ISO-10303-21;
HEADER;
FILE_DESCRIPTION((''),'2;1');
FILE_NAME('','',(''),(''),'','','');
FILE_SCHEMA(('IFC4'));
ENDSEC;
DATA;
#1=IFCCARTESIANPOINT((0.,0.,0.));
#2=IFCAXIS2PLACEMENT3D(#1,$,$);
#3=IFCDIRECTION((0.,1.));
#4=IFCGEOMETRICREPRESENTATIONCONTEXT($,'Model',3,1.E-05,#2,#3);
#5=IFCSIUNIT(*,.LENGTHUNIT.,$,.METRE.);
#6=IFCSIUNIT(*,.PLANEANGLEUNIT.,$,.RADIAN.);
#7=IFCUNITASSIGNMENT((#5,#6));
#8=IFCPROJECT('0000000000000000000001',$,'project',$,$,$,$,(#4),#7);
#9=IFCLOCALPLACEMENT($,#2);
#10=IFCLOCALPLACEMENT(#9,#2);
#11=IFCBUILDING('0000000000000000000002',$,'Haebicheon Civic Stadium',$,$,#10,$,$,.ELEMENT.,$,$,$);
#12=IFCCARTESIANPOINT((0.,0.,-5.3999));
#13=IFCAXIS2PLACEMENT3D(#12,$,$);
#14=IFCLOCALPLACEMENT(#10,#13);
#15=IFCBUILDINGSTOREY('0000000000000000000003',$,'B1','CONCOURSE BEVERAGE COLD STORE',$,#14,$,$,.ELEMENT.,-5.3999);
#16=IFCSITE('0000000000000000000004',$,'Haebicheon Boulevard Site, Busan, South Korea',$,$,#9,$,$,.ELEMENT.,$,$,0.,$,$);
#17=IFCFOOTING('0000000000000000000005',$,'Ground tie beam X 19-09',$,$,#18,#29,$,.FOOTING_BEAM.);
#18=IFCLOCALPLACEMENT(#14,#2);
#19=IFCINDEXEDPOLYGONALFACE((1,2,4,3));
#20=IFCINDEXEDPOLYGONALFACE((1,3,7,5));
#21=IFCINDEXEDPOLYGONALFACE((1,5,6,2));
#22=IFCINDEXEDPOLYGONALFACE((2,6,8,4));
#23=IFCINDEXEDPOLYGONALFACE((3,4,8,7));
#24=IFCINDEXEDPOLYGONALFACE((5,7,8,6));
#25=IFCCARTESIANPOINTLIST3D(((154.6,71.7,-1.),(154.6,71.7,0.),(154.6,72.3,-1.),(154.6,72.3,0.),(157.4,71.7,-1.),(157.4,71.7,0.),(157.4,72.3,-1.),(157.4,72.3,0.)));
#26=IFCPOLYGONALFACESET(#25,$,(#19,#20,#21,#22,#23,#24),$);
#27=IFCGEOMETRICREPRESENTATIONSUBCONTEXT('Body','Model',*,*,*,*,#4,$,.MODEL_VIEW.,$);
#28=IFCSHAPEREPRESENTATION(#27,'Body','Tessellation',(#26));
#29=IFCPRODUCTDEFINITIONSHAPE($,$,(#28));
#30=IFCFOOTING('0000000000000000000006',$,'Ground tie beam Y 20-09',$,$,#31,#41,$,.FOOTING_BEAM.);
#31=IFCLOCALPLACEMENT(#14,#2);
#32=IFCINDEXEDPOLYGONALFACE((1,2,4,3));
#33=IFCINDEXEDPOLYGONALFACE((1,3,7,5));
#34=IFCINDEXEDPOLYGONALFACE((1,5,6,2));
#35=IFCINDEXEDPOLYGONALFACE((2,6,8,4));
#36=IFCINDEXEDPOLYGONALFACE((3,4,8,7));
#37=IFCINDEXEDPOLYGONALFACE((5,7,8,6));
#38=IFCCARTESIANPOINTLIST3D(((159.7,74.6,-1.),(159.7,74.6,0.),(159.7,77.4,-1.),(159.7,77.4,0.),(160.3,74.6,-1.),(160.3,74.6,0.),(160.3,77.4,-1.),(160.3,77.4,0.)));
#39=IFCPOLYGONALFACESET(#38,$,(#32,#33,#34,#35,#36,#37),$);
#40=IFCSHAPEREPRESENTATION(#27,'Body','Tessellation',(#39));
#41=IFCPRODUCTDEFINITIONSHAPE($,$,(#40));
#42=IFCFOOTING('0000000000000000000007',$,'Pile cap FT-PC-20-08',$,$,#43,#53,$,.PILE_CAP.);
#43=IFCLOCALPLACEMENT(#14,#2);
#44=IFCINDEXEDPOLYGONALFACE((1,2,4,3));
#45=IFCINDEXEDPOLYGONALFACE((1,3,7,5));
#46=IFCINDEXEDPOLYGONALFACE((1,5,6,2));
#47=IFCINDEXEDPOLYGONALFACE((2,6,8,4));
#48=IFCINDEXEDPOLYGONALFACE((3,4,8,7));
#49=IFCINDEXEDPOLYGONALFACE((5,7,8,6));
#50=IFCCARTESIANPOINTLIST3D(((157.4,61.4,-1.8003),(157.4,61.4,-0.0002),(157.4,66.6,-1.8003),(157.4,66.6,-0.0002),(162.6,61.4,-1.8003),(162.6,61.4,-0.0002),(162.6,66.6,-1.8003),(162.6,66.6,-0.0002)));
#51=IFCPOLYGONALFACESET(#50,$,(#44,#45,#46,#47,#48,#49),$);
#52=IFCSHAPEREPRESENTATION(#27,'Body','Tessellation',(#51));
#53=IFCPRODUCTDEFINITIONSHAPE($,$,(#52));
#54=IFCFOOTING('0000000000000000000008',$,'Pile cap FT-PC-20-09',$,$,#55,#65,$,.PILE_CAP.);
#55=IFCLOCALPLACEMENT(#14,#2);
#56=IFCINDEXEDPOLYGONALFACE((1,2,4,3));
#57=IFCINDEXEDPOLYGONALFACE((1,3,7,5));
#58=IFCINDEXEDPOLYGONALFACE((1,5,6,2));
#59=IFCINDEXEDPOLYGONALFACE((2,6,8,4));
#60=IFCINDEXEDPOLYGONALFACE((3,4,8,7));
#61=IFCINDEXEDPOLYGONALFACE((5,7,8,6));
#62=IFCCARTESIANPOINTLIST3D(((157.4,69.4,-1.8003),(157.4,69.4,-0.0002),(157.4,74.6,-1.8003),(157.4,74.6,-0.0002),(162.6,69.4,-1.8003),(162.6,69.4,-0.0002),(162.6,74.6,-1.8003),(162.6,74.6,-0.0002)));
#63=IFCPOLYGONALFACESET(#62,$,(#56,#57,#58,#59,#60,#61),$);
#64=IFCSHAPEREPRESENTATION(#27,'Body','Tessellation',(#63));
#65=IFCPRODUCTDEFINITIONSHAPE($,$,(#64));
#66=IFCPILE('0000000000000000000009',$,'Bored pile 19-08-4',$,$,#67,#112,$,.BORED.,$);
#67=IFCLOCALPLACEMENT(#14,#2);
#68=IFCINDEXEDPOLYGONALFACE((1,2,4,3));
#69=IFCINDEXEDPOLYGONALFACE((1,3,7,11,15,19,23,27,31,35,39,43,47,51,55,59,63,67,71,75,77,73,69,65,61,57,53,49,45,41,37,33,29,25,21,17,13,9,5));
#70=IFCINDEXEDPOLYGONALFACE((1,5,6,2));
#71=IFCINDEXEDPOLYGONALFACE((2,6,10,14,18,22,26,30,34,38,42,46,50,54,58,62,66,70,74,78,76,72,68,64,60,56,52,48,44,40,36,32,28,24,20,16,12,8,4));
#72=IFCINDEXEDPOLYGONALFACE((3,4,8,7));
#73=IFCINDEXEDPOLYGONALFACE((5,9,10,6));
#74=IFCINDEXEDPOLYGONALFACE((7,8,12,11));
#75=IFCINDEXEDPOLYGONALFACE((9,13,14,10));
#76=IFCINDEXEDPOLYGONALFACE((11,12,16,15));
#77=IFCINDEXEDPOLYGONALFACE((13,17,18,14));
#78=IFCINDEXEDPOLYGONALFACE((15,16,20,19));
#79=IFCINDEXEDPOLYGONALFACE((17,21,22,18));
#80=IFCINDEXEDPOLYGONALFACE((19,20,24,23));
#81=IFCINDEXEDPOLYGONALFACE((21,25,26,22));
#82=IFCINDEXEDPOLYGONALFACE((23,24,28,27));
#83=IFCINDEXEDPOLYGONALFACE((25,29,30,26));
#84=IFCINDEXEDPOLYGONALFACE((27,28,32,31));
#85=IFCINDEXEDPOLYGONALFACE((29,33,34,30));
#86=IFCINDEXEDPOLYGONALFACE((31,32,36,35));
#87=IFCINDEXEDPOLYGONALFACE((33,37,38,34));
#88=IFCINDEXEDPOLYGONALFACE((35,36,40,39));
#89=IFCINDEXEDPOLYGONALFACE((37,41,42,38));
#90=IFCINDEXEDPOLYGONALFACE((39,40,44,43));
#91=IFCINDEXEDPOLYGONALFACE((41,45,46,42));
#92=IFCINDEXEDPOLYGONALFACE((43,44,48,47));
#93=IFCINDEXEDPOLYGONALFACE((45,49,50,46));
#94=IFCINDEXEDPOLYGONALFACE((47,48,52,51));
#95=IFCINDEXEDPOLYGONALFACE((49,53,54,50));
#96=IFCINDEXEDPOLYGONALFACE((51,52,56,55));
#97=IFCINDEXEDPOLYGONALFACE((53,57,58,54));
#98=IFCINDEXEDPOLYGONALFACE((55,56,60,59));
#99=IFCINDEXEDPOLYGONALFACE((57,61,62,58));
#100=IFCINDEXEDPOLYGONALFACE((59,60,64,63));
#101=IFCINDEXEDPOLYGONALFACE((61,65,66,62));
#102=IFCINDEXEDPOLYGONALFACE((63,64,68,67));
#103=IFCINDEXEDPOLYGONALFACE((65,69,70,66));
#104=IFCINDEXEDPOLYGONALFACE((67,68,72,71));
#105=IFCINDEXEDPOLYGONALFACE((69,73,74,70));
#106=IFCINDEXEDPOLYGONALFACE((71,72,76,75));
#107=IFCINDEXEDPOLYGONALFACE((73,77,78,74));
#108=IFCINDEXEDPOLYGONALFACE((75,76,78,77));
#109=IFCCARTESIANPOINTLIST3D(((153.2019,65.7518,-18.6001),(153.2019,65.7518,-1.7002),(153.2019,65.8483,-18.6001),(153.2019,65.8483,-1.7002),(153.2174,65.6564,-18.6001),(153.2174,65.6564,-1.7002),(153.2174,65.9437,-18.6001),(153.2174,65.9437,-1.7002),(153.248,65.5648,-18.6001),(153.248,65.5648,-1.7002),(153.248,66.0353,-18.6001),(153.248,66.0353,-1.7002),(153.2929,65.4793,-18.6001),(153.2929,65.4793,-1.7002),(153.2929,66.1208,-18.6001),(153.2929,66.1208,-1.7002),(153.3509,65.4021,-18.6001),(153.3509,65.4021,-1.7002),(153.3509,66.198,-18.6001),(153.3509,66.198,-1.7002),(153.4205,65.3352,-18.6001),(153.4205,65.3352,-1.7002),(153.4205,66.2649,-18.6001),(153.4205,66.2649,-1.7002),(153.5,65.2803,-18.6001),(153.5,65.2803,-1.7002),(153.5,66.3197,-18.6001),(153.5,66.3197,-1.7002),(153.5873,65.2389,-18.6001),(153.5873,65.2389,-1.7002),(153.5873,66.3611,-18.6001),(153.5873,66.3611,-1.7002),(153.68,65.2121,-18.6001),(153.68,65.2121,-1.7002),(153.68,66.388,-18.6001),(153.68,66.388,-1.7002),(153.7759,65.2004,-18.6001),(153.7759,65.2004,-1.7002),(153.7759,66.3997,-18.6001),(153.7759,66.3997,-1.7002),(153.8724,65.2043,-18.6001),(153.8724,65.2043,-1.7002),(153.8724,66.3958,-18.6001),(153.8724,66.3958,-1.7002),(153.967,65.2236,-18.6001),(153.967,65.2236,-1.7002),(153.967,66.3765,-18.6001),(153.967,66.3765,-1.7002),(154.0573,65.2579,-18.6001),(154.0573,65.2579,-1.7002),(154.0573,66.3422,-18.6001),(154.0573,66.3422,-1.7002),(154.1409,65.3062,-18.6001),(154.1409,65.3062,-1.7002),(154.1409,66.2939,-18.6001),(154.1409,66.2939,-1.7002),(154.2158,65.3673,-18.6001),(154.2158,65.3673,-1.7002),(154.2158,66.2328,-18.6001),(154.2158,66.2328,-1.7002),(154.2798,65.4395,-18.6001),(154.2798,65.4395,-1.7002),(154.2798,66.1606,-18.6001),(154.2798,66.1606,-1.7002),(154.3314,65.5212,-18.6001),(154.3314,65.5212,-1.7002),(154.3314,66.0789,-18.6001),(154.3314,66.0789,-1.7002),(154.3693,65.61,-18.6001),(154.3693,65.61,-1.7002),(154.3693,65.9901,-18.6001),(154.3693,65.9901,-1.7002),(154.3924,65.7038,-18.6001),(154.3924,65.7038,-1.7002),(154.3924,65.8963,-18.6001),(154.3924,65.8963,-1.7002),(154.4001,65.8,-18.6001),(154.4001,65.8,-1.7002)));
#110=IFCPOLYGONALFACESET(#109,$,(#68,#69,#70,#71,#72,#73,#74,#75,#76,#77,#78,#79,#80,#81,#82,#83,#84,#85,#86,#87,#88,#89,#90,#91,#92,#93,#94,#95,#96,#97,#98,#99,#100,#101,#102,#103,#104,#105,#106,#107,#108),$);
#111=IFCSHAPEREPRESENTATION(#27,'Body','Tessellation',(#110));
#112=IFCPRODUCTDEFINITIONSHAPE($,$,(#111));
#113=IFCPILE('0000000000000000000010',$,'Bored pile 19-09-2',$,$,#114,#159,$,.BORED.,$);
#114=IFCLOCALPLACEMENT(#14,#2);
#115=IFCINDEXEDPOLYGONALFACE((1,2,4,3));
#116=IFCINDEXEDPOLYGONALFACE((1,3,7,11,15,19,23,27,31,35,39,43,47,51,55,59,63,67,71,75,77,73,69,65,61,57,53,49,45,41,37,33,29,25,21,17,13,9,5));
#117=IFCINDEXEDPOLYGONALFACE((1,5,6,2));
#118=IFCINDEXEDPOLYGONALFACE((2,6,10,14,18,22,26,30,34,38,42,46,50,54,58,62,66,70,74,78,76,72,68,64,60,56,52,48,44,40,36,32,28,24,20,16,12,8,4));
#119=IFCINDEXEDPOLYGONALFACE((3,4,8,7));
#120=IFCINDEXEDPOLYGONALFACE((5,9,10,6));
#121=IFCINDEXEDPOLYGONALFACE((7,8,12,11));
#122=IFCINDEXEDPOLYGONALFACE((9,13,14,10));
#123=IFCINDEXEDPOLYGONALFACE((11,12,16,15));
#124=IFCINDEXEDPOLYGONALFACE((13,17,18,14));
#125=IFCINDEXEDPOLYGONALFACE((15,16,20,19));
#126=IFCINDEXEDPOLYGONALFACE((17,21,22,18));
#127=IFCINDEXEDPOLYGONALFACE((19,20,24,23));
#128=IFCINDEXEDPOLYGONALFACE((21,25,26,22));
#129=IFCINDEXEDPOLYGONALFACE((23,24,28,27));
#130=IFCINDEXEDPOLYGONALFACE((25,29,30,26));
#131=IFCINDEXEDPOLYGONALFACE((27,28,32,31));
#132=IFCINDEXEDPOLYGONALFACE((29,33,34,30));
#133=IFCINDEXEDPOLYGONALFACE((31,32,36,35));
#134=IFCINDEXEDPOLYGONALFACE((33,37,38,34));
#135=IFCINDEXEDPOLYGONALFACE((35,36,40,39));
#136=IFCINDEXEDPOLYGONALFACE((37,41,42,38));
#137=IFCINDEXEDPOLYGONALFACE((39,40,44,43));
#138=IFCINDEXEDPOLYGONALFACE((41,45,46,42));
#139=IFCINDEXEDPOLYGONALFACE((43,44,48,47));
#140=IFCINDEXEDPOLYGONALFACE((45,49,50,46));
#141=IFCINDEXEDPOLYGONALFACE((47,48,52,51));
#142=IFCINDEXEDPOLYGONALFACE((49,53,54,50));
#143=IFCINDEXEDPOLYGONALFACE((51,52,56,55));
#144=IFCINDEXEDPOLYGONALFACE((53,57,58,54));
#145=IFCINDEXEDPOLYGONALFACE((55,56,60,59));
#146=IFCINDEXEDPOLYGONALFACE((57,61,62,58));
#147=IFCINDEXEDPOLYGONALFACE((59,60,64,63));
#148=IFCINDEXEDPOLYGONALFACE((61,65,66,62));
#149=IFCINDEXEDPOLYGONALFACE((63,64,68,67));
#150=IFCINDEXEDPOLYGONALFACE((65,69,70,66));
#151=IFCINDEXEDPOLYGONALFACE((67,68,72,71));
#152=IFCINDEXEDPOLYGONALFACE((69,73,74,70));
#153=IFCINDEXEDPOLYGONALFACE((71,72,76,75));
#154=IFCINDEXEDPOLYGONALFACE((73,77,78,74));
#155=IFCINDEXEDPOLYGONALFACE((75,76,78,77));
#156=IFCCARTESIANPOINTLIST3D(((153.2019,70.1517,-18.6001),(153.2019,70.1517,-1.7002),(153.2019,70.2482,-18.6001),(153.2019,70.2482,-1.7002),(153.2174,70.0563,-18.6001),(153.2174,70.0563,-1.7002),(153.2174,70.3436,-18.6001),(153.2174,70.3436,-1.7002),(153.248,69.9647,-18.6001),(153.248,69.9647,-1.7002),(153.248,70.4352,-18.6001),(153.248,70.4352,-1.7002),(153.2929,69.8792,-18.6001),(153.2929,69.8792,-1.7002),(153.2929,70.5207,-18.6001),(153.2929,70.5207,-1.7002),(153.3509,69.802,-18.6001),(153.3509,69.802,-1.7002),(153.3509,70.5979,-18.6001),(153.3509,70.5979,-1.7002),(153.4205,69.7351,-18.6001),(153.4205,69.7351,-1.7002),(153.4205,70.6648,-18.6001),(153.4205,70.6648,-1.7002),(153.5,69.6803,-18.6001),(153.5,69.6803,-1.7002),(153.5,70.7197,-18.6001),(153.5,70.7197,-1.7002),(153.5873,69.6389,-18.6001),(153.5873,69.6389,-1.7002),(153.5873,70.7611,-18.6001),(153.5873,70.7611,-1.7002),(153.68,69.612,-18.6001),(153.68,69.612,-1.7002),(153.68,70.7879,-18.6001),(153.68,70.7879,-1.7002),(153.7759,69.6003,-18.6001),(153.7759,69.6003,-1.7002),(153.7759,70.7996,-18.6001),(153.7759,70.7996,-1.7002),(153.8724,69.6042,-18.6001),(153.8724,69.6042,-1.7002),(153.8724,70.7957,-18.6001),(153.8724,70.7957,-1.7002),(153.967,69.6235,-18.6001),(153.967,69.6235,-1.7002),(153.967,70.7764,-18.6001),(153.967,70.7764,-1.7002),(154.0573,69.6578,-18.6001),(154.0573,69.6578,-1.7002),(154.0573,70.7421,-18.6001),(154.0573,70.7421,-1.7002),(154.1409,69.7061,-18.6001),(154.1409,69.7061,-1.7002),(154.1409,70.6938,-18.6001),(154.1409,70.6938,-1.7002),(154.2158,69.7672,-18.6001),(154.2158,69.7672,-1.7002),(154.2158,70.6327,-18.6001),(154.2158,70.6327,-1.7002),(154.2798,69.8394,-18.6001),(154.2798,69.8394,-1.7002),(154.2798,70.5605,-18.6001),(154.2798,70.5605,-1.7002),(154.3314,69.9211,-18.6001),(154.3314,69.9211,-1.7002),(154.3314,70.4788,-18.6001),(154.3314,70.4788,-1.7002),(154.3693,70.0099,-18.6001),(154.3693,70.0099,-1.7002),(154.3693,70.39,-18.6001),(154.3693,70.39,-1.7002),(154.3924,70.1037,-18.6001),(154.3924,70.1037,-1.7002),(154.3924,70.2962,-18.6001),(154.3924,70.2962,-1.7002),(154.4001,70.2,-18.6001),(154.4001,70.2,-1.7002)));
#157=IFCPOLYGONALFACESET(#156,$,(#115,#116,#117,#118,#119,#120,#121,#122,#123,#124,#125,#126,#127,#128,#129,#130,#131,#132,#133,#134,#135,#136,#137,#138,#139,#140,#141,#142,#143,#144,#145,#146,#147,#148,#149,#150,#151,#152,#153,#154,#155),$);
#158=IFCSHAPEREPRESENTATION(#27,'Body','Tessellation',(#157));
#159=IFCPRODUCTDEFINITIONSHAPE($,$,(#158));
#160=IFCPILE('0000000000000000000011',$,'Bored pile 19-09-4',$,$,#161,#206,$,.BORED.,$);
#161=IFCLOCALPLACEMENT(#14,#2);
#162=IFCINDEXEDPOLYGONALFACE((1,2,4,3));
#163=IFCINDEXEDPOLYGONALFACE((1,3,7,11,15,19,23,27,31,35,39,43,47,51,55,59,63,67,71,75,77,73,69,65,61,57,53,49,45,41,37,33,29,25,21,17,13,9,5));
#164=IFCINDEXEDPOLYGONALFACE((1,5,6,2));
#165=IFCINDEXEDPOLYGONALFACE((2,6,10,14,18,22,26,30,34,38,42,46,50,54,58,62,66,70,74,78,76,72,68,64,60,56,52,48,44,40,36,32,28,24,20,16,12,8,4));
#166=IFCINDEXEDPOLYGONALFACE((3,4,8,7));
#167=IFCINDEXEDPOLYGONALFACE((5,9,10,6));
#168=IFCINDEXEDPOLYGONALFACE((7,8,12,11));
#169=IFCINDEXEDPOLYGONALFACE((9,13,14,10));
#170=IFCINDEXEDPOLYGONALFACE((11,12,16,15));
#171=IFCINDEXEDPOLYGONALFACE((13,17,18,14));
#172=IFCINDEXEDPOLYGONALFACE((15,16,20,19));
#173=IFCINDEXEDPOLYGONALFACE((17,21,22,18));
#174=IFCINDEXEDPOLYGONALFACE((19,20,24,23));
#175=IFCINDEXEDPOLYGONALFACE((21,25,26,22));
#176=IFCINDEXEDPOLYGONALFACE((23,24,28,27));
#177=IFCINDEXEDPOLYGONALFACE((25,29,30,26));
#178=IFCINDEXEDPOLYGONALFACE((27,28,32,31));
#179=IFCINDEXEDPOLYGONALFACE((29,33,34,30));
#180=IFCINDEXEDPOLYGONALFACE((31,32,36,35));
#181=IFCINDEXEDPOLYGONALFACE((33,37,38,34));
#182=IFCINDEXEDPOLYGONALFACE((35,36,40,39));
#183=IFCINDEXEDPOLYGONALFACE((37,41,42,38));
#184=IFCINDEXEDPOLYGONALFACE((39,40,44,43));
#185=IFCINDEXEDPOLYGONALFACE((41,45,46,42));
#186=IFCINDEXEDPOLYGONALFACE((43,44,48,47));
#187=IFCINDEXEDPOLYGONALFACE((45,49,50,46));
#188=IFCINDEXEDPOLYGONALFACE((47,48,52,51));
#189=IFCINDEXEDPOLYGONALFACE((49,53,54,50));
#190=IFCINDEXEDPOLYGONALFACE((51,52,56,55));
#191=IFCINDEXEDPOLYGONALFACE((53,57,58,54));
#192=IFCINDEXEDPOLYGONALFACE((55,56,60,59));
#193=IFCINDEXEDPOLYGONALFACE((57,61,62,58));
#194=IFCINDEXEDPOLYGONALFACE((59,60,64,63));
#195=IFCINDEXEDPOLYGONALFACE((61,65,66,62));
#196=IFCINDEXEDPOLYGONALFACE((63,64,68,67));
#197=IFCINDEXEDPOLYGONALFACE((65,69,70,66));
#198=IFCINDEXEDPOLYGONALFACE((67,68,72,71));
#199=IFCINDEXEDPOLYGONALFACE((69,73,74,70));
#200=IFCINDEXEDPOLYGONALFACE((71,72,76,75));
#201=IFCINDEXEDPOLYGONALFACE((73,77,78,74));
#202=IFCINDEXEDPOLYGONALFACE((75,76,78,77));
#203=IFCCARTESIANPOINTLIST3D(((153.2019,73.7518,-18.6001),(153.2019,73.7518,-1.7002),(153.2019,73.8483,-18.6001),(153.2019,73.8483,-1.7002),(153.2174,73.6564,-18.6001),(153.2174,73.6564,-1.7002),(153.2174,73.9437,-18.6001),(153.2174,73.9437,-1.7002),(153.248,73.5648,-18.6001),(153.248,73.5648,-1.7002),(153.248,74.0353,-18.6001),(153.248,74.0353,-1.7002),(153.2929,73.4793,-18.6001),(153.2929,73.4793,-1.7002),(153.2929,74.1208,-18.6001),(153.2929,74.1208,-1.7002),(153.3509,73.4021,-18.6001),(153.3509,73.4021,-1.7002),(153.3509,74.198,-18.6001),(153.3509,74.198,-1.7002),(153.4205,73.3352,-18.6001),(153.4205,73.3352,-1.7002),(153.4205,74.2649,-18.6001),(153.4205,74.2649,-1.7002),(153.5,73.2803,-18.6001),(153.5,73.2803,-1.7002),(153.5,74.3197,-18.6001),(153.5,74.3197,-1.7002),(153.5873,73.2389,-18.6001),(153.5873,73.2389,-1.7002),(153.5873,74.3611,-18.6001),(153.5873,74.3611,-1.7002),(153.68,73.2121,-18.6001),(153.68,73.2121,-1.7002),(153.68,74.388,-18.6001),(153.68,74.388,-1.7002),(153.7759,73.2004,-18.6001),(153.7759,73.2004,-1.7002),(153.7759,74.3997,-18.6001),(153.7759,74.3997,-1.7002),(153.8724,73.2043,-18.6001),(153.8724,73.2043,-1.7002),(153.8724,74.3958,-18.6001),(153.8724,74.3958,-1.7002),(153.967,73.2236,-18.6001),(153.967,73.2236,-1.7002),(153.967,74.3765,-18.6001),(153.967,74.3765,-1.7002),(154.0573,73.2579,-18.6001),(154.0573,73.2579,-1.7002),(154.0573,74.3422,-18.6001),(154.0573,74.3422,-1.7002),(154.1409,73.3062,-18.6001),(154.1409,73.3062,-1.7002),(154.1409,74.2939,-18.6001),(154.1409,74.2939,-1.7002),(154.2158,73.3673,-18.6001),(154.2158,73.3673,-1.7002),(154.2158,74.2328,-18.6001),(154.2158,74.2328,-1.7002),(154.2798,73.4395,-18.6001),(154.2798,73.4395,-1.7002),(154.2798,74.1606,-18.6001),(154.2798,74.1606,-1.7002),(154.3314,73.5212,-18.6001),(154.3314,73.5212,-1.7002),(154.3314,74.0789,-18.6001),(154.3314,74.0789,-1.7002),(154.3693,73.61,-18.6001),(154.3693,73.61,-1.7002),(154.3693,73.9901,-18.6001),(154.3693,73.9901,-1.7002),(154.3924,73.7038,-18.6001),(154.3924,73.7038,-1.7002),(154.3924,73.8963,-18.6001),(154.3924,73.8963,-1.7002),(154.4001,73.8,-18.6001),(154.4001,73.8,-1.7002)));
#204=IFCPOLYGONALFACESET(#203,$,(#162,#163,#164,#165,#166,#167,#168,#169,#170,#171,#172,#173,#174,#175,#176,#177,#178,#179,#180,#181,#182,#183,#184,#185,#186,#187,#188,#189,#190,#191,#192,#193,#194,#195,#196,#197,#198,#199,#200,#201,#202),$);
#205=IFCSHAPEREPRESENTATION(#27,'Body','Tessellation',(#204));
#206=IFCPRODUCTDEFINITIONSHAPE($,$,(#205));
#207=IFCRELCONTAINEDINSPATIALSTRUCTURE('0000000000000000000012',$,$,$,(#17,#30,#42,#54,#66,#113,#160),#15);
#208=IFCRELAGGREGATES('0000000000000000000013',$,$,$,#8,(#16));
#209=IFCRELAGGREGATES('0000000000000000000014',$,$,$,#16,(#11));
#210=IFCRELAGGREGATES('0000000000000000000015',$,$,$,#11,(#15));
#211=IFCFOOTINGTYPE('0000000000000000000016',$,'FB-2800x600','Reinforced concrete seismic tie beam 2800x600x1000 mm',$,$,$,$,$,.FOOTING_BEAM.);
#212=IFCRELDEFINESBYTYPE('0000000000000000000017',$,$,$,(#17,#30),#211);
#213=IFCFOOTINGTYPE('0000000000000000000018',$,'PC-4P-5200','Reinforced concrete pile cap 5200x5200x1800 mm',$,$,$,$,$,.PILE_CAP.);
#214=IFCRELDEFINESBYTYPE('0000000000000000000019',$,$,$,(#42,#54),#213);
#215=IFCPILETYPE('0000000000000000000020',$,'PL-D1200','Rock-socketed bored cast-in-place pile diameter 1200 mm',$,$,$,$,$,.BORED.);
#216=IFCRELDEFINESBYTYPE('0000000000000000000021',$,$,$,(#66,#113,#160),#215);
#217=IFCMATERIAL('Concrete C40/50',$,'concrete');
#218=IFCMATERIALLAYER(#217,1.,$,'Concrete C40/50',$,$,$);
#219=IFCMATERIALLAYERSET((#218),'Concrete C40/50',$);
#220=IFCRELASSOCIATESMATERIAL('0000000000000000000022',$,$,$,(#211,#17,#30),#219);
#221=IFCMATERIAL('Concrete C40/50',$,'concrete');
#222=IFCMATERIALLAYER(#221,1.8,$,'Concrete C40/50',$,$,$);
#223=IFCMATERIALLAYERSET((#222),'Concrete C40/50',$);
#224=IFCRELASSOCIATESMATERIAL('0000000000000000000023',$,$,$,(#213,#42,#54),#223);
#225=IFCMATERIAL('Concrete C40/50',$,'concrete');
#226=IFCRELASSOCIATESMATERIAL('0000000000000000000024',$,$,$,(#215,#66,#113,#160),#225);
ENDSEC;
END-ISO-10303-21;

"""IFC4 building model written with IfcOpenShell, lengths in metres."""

from ifc_helpers import new_model, si_unit, direction, frame, origin, origin_2d, place, context, subcontext, project, spatial, rectangle, circle, extrude, material, layer, layer_set, material_profile, profile_set, type_object, element, save


model = new_model("IFC4")

# Units and contexts
model_context = context("Model", 3, precision=1e-05, world=origin(), true_north=direction((0.0, 1.0)))
body_context = subcontext(model_context, "Body", "Model", "MODEL_VIEW")
ifc_project = project(units=[si_unit("LENGTHUNIT", "METRE"), si_unit("PLANEANGLEUNIT", "RADIAN")], contexts=[model_context])

# Site, building, storey
site_placement = place(None, origin())
site = spatial("IfcSite", under=ifc_project, at=site_placement, Name="Haebicheon Boulevard Site, Busan, South Korea", CompositionType="ELEMENT", RefElevation=0.0)
building_placement = place(site_placement, origin())
building = spatial("IfcBuilding", under=site, at=building_placement, Name="Haebicheon Civic Stadium", CompositionType="ELEMENT")
storey_placement = place(building_placement, frame((0.0, 0.0, -5.3999)))
storey = spatial("IfcBuildingStorey", under=building, at=storey_placement, Name="B1", Description="CONCOURSE BEVERAGE COLD STORE", CompositionType="ELEMENT", Elevation=-5.3999)

# Footings
ifc_material_1 = material(Name="Concrete C40/50", Category="concrete")
ifc_layer_1 = layer(ifc_material_1, 1.0, Name="Concrete C40/50")
ifc_layer_set_1 = layer_set([ifc_layer_1], Name="Concrete C40/50")
footing_type_1 = type_object("IfcFootingType", Name="FB-2800x600", Description="Reinforced concrete seismic tie beam 2800x600x1000 mm", PredefinedType="FOOTING_BEAM", material=ifc_layer_set_1)
for number, where, z_axis, x_axis, name in (
    (1, (156.0, 72.0, -1.0), (0.0, 0.0, 1.0), (1.0, 0.0, 0.0), "Ground tie beam X 19-09"),
    (2, (160.0, 76.0, -1.0), (0.0, 0.0, 1.0), (0.0, 1.0, 0.0), "Ground tie beam Y 20-09"),
):
    element("IfcFooting", number, at=place(storey_placement, frame(where, z_axis=z_axis, x_axis=x_axis)), inside=storey, type_object=footing_type_1, material=ifc_layer_set_1, Name=name, PredefinedType="FOOTING_BEAM", context=body_context, shape_type="SweptSolid", body=[
        extrude(rectangle(XDim=2.8, YDim=0.6001, at=origin_2d()), origin(), (0.0, 0.0, 1.0), 1.0),
    ])
ifc_material_2 = material(Name="Concrete C40/50", Category="concrete")
ifc_layer_2 = layer(ifc_material_2, 1.8, Name="Concrete C40/50")
ifc_layer_set_2 = layer_set([ifc_layer_2], Name="Concrete C40/50")
footing_type_2 = type_object("IfcFootingType", Name="PC-4P-5200", Description="Reinforced concrete pile cap 5200x5200x1800 mm", PredefinedType="PILE_CAP", material=ifc_layer_set_2)
for number, where, z_axis, x_axis, name in (
    (3, (160.0, 64.0, -1.8003), (0.0, 0.0, 1.0), (1.0, 0.0, 0.0), "Pile cap FT-PC-20-08"),
    (4, (160.0, 72.0, -1.8003), (0.0, 0.0, 1.0), (1.0, 0.0, 0.0), "Pile cap FT-PC-20-09"),
):
    element("IfcFooting", number, at=place(storey_placement, frame(where, z_axis=z_axis, x_axis=x_axis)), inside=storey, type_object=footing_type_2, material=ifc_layer_set_2, Name=name, PredefinedType="PILE_CAP", context=body_context, shape_type="SweptSolid", body=[
        extrude(rectangle(XDim=5.2, YDim=5.2, at=origin_2d()), origin(), (0.0, 0.0, 1.0), 1.8),
    ])

# Piles
ifc_material_3 = material(Name="Concrete C40/50", Category="concrete")
ifc_material_profile_1 = material_profile(ifc_material_3, circle(Radius=0.6001, at=origin_2d()), Name="PILE-D1200")
ifc_profile_set_1 = profile_set([ifc_material_profile_1], Name="Concrete C40/50")
pile_type = type_object("IfcPileType", Name="PL-D1200", Description="Rock-socketed bored cast-in-place pile diameter 1200 mm", PredefinedType="BORED", material=ifc_profile_set_1)
for number, where, z_axis, x_axis, name in (
    (5, (153.8, 65.8, -1.7002), (0.0, 0.0, -1.0), (1.0, 0.0, 0.0), "Bored pile 19-08-4"),
    (6, (153.8, 70.2, -1.7002), (0.0, 0.0, -1.0), (1.0, 0.0, 0.0), "Bored pile 19-09-2"),
    (7, (153.8, 73.8, -1.7002), (0.0, 0.0, -1.0), (1.0, 0.0, 0.0), "Bored pile 19-09-4"),
):
    element("IfcPile", number, at=place(storey_placement, frame(where, z_axis=z_axis, x_axis=x_axis)), inside=storey, type_object=pile_type, material=ifc_profile_set_1, Name=name, PredefinedType="BORED", context=body_context, shape_type="SweptSolid", body=[
        extrude(circle(Radius=0.6001, at=origin_2d()), origin(), (0.0, 0.0, 1.0), 16.8999),
    ])

save(model, "model.ifc")
